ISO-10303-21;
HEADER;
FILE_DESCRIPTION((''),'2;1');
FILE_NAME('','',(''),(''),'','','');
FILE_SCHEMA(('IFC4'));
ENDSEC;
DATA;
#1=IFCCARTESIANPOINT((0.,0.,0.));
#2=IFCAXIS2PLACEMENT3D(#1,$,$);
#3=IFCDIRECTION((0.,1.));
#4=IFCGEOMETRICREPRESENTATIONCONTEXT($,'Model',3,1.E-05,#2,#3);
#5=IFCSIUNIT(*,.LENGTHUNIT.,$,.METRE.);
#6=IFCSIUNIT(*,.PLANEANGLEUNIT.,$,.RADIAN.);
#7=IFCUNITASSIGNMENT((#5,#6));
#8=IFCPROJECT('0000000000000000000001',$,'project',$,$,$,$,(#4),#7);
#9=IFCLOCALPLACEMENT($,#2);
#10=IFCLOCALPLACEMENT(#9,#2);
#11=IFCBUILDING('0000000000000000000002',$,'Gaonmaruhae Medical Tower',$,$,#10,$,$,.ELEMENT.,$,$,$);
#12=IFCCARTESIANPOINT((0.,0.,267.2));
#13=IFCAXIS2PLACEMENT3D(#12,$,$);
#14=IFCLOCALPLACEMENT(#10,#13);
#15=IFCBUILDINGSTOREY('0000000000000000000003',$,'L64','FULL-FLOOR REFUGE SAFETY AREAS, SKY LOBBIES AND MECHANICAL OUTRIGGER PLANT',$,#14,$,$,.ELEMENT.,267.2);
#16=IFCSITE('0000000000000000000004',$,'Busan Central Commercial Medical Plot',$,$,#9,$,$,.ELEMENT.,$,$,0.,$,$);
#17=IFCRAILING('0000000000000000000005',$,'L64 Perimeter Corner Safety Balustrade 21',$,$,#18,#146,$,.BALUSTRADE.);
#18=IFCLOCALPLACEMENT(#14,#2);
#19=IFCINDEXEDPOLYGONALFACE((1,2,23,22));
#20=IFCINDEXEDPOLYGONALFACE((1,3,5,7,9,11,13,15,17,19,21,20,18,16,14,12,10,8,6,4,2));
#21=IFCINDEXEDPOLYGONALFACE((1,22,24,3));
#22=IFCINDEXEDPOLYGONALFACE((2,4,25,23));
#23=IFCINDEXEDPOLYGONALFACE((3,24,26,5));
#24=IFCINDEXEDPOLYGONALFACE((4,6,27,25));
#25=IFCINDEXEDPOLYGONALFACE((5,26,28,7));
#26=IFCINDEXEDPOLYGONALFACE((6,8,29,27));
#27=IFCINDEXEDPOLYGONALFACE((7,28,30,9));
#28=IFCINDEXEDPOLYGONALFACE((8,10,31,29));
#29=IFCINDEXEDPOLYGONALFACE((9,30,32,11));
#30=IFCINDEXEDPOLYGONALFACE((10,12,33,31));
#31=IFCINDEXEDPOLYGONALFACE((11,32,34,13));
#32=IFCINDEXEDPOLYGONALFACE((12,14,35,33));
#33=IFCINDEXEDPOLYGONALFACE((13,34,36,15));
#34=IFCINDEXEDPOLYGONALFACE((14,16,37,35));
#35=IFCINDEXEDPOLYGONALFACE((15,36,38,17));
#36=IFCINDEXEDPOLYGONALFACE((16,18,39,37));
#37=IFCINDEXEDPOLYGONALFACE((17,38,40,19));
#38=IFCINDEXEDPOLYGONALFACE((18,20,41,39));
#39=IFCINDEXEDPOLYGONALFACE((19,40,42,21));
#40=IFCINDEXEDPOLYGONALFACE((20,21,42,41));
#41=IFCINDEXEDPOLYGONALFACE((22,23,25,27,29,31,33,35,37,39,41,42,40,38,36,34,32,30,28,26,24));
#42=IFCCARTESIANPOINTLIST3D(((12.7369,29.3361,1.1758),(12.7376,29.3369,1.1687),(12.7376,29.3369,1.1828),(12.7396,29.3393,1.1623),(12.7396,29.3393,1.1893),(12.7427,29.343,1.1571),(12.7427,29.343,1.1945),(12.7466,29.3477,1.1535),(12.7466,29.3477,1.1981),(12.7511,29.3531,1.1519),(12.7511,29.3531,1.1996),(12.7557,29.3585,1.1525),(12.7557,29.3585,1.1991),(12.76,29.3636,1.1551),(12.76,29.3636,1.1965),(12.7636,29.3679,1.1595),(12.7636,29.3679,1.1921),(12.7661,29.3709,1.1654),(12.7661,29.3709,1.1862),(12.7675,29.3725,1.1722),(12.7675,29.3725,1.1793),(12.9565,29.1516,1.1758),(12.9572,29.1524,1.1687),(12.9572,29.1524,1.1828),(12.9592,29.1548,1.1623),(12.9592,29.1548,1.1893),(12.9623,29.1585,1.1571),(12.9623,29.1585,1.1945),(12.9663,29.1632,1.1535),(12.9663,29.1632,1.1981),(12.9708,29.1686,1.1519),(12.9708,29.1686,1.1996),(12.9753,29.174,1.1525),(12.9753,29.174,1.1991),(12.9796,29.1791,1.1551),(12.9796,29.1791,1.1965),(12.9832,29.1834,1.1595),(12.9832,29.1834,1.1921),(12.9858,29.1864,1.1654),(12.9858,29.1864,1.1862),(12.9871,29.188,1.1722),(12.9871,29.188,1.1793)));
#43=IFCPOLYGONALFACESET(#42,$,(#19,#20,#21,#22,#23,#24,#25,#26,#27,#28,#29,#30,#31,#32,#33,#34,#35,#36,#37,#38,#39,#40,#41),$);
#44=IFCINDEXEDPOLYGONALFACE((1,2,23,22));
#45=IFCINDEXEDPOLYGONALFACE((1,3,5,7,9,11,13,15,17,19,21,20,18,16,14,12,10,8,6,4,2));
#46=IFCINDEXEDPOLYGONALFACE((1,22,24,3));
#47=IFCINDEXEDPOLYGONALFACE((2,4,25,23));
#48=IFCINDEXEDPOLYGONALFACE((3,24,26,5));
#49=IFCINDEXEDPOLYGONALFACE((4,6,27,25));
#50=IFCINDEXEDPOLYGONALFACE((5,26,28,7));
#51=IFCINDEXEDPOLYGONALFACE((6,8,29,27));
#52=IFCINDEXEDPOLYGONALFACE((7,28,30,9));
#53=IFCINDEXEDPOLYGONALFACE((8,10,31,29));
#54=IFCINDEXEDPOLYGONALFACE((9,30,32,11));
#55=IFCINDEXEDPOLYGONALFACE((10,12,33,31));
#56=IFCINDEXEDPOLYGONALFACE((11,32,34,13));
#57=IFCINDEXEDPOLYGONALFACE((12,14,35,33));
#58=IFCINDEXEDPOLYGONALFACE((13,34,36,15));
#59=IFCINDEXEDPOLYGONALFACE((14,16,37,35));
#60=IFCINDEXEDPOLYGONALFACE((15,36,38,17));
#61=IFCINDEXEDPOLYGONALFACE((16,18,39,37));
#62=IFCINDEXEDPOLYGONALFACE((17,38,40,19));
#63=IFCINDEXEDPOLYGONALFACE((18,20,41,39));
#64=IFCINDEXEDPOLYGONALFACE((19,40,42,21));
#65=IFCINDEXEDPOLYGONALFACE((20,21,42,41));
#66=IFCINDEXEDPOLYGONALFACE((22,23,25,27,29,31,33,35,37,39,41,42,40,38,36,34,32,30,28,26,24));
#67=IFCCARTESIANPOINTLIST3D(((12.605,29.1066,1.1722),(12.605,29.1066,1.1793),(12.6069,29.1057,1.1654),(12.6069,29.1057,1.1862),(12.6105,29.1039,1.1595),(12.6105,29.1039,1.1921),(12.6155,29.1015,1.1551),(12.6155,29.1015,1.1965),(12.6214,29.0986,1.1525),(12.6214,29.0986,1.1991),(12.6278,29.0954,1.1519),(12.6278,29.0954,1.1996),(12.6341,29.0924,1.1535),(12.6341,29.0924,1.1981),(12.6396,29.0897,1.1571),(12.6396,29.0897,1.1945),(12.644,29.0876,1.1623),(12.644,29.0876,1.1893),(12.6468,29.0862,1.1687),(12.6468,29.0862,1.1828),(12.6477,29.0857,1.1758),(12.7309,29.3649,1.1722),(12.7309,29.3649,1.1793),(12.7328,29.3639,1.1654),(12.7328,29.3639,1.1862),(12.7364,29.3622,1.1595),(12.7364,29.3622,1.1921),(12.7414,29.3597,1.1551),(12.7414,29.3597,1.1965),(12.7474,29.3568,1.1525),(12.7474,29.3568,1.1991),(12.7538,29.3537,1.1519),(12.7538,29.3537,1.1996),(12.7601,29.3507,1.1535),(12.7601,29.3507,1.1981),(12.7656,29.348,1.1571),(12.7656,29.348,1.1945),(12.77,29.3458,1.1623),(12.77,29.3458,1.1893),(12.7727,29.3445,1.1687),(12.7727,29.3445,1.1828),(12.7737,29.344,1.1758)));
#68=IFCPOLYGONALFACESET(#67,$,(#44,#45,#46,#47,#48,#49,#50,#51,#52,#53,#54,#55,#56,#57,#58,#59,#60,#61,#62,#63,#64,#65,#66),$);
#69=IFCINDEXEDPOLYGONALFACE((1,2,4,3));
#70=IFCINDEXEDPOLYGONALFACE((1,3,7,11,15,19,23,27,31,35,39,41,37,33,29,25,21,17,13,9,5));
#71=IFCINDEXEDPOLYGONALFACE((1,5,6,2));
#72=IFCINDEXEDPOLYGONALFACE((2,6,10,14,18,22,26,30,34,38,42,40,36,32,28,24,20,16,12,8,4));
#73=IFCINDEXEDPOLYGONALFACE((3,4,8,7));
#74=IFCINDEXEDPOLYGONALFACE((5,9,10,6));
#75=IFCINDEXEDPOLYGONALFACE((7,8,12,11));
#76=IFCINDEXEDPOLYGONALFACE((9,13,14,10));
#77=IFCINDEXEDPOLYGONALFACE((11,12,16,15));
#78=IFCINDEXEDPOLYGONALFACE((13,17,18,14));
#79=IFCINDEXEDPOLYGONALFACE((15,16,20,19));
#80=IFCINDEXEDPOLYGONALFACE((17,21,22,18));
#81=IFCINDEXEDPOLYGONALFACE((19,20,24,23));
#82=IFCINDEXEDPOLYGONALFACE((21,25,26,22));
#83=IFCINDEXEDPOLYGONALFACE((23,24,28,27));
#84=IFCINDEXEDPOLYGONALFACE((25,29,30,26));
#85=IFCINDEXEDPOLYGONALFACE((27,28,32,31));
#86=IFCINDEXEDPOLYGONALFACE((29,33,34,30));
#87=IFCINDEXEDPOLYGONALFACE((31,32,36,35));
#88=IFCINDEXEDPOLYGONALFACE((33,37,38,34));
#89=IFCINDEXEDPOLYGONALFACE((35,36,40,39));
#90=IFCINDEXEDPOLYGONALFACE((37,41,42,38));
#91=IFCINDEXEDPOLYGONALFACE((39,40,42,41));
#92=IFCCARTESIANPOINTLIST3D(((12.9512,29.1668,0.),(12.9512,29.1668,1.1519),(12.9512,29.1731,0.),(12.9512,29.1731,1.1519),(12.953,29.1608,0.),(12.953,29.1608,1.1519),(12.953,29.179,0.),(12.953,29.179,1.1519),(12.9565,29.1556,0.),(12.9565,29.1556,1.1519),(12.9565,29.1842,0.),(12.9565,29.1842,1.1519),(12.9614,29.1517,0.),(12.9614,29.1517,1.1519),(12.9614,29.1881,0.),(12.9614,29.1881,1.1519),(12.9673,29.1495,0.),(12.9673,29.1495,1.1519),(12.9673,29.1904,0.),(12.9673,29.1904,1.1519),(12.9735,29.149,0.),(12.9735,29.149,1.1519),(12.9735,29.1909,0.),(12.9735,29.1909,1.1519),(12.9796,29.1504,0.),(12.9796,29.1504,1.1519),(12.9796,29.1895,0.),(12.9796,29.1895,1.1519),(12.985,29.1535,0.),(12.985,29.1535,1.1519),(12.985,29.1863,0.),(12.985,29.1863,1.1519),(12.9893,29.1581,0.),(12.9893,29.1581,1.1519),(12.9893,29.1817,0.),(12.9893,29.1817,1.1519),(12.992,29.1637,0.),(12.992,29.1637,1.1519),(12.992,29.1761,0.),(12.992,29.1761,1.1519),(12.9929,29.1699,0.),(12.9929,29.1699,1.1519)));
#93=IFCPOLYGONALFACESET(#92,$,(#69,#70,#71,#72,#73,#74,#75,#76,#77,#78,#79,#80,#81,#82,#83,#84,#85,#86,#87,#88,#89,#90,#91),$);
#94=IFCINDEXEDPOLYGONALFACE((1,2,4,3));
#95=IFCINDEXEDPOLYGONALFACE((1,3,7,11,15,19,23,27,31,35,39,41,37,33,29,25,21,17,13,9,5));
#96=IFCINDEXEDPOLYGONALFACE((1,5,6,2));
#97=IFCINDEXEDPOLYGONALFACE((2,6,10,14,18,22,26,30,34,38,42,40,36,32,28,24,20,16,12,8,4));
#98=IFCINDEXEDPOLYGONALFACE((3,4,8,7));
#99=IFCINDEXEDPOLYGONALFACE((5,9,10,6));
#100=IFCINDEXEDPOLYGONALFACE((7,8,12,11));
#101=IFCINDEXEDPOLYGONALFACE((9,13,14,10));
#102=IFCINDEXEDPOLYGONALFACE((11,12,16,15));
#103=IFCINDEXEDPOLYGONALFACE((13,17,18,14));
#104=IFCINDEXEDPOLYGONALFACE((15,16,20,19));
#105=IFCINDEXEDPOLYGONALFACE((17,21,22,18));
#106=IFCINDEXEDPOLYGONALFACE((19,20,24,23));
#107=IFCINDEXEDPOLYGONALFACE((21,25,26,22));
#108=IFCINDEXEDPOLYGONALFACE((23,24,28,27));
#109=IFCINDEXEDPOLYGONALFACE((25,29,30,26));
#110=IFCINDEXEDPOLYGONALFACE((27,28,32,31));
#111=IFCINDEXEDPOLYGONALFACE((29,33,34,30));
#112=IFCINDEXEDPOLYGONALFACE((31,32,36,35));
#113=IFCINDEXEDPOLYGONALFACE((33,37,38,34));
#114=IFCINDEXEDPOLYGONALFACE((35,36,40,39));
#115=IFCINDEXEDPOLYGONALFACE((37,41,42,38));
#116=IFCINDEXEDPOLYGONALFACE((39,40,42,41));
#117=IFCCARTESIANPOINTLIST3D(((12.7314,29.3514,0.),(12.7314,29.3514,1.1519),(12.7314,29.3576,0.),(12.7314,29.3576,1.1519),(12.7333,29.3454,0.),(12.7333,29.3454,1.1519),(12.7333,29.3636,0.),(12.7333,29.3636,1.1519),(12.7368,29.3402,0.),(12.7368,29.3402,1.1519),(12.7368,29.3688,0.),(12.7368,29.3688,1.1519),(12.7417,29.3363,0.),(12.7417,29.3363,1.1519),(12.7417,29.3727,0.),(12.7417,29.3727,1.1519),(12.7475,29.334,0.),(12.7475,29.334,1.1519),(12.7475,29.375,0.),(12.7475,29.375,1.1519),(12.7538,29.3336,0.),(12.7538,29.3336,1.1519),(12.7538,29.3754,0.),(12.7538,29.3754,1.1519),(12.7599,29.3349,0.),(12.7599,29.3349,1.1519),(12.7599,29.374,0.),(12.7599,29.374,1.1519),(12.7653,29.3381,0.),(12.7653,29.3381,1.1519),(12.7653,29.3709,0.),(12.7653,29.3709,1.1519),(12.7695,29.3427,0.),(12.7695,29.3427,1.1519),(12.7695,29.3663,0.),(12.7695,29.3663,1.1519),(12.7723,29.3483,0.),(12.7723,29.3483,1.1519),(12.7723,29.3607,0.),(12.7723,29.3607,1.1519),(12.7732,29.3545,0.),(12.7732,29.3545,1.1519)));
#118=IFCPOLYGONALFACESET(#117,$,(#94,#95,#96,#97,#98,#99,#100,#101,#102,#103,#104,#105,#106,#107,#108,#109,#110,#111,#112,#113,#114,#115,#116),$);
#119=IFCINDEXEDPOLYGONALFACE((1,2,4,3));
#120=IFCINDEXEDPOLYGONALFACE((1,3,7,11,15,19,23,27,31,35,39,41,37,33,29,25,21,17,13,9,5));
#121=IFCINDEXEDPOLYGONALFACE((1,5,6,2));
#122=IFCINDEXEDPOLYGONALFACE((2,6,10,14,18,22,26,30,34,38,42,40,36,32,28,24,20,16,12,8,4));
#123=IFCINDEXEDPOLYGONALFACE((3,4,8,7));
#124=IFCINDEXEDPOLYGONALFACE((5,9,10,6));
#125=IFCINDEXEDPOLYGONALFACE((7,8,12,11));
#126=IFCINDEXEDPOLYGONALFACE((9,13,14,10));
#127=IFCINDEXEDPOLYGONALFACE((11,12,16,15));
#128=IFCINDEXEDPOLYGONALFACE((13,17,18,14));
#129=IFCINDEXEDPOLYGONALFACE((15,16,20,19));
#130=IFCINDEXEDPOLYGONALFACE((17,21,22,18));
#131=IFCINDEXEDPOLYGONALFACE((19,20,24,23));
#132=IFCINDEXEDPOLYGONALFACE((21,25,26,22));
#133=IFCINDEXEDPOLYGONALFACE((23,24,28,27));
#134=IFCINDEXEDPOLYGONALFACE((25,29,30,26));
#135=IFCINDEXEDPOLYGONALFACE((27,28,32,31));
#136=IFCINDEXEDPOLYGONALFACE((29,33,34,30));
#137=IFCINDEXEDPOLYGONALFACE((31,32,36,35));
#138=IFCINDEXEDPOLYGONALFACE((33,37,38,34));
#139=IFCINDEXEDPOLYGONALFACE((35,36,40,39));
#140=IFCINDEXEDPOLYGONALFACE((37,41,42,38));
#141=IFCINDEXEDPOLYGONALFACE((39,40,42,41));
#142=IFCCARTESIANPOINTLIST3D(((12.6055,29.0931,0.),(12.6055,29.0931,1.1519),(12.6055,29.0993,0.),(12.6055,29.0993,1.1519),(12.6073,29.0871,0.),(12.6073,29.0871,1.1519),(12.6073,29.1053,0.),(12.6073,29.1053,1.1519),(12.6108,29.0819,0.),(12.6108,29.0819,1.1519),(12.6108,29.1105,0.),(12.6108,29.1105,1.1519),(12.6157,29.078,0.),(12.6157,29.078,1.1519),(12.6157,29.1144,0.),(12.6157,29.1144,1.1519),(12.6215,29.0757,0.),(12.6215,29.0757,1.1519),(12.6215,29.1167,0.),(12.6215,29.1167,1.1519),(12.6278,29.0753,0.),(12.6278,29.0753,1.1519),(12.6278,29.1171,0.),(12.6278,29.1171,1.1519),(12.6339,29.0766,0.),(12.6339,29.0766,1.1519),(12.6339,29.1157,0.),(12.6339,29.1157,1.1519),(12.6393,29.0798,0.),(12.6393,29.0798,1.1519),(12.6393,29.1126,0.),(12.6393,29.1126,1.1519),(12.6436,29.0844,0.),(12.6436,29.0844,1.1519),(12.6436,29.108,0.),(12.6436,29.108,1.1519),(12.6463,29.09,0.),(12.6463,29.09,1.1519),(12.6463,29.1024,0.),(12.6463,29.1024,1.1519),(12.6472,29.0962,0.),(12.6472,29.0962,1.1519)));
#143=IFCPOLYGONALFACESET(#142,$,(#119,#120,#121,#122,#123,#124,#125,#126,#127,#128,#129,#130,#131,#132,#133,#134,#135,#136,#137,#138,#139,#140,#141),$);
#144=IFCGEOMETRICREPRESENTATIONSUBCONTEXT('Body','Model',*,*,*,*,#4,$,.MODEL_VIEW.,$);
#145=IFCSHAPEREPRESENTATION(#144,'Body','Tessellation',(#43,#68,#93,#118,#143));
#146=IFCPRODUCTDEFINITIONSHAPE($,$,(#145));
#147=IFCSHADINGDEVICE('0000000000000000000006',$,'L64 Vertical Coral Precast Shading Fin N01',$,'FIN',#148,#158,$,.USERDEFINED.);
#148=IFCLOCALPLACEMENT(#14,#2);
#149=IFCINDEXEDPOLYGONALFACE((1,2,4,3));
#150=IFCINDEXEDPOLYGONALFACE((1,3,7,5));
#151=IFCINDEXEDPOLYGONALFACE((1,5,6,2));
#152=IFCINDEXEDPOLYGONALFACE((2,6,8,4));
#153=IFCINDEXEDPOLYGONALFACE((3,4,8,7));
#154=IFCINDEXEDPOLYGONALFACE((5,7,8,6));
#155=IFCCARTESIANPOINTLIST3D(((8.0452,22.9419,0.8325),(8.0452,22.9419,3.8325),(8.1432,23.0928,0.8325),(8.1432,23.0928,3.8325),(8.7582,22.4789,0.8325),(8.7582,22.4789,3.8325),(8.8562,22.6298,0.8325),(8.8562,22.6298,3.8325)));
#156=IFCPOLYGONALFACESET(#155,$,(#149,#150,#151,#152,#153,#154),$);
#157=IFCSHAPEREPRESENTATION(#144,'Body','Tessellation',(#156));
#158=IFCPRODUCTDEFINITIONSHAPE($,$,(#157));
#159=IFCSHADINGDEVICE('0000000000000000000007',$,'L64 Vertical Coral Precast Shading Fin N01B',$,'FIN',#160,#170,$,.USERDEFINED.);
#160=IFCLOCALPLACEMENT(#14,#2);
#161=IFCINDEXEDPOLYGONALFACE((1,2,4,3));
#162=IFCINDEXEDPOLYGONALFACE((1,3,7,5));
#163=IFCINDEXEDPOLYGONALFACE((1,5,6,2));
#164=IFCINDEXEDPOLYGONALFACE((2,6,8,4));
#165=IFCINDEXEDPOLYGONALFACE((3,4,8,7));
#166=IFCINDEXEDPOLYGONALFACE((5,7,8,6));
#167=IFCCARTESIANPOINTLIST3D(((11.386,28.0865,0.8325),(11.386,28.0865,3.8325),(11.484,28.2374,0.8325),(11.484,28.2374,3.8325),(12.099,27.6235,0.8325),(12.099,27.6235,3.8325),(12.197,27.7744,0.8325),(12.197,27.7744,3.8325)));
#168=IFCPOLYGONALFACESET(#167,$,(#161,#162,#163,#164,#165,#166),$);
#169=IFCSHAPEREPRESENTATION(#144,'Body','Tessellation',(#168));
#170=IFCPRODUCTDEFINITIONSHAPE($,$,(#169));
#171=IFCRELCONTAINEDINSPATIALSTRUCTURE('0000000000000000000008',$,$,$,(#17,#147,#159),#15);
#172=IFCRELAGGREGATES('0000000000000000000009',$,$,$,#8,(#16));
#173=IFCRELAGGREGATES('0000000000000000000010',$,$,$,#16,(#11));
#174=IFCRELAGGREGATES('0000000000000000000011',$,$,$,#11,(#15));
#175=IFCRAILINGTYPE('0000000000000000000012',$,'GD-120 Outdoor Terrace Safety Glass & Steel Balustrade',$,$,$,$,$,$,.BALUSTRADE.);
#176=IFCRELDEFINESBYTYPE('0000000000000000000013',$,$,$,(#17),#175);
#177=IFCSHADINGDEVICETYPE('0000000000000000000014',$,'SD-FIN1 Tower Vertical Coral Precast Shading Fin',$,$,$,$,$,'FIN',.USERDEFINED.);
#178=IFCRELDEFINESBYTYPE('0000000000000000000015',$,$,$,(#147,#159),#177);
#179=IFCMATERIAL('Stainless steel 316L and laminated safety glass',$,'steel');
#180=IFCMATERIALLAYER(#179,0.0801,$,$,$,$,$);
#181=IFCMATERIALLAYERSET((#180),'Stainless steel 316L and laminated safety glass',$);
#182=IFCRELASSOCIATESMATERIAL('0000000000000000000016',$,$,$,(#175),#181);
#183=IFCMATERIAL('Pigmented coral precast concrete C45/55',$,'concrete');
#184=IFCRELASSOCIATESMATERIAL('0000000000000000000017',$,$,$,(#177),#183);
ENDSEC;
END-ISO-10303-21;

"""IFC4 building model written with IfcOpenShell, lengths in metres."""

from ifc_helpers import new_model, si_unit, direction, frame, origin, origin_2d, place, context, subcontext, project, spatial, rectangle, circle, extrude, material, layer, layer_set, type_object, element, save


model = new_model("IFC4")

# Units and contexts
model_context = context("Model", 3, precision=1e-05, world=origin(), true_north=direction((0.0, 1.0)))
body_context = subcontext(model_context, "Body", "Model", "MODEL_VIEW")
ifc_project = project(units=[si_unit("LENGTHUNIT", "METRE"), si_unit("PLANEANGLEUNIT", "RADIAN")], contexts=[model_context])

# Site, building, storey
site_placement = place(None, origin())
site = spatial("IfcSite", under=ifc_project, at=site_placement, Name="Busan Central Commercial Medical Plot", CompositionType="ELEMENT", RefElevation=0.0)
building_placement = place(site_placement, origin())
building = spatial("IfcBuilding", under=site, at=building_placement, Name="Gaonmaruhae Medical Tower", CompositionType="ELEMENT")
storey_placement = place(building_placement, frame((0.0, 0.0, 267.2)))
storey = spatial("IfcBuildingStorey", under=building, at=storey_placement, Name="L64", Description="FULL-FLOOR REFUGE SAFETY AREAS, SKY LOBBIES AND MECHANICAL OUTRIGGER PLANT", CompositionType="ELEMENT", Elevation=267.2)

# Railing
ifc_material_1 = material(Name="Stainless steel 316L and laminated safety glass", Category="steel")
ifc_layer_1 = layer(ifc_material_1, 0.0801)
ifc_layer_set_1 = layer_set([ifc_layer_1], Name="Stainless steel 316L and laminated safety glass")
railing_type = type_object("IfcRailingType", Name="GD-120 Outdoor Terrace Safety Glass & Steel Balustrade", PredefinedType="BALUSTRADE", material=ifc_layer_set_1)
railing_1_placement = place(storey_placement, frame((12.9719, 29.1699, 0.0)))
element("IfcRailing", 1, at=railing_1_placement, inside=storey, type_object=railing_type, Name="L64 Perimeter Corner Safety Balustrade 21", PredefinedType="BALUSTRADE", context=body_context, shape_type="SweptSolid", body=[
    extrude(circle(Radius=0.0239, at=origin_2d()), frame((0.0, 0.0, 1.1758), z_axis=(-0.765705, 0.643192, 0.0), x_axis=(-0.643192, -0.765705, 0.0)), (0.0, 0.0, 1.0), 0.2869),
    extrude(circle(Radius=0.0239, at=origin_2d()), frame((-0.2197, 0.1846, 1.1758), z_axis=(-0.438357, -0.898801, 0.0), x_axis=(0.898801, -0.438357, 0.0)), (0.0, 0.0, 1.0), 0.2874),
    extrude(circle(Radius=0.021, at=origin_2d()), origin(), (0.0, 0.0, 1.0), 1.1519),
    extrude(circle(Radius=0.021, at=origin_2d()), frame((-0.2197, 0.1846, 0.0)), (0.0, 0.0, 1.0), 1.1519),
    extrude(circle(Radius=0.021, at=origin_2d()), frame((-0.3457, -0.0737, 0.0)), (0.0, 0.0, 1.0), 1.1519),
])

# Shading devices
ifc_material_2 = material(Name="Pigmented coral precast concrete C45/55", Category="concrete")
shading_device_type = type_object("IfcShadingDeviceType", Name="SD-FIN1 Tower Vertical Coral Precast Shading Fin", ElementType="FIN", PredefinedType="USERDEFINED", material=ifc_material_2)
for number, where, z_axis, x_axis, name in (
    (2, (8.4507, 22.7859, 0.8325), (0.0, 0.0, 1.0), (0.544639, 0.838671, 0.0), "L64 Vertical Coral Precast Shading Fin N01"),
    (3, (11.7915, 27.9304, 0.8325), (0.0, 0.0, 1.0), (0.544639, 0.838671, 0.0), "L64 Vertical Coral Precast Shading Fin N01B"),
):
    element("IfcShadingDevice", number, at=place(storey_placement, frame(where, z_axis=z_axis, x_axis=x_axis)), inside=storey, type_object=shading_device_type, Name=name, ObjectType="FIN", PredefinedType="USERDEFINED", context=body_context, shape_type="SweptSolid", body=[
        extrude(rectangle(XDim=0.1799, YDim=0.8501, at=origin_2d()), origin(), (0.0, 0.0, 1.0), 3.0),
    ])

save(model, "model.ifc")
